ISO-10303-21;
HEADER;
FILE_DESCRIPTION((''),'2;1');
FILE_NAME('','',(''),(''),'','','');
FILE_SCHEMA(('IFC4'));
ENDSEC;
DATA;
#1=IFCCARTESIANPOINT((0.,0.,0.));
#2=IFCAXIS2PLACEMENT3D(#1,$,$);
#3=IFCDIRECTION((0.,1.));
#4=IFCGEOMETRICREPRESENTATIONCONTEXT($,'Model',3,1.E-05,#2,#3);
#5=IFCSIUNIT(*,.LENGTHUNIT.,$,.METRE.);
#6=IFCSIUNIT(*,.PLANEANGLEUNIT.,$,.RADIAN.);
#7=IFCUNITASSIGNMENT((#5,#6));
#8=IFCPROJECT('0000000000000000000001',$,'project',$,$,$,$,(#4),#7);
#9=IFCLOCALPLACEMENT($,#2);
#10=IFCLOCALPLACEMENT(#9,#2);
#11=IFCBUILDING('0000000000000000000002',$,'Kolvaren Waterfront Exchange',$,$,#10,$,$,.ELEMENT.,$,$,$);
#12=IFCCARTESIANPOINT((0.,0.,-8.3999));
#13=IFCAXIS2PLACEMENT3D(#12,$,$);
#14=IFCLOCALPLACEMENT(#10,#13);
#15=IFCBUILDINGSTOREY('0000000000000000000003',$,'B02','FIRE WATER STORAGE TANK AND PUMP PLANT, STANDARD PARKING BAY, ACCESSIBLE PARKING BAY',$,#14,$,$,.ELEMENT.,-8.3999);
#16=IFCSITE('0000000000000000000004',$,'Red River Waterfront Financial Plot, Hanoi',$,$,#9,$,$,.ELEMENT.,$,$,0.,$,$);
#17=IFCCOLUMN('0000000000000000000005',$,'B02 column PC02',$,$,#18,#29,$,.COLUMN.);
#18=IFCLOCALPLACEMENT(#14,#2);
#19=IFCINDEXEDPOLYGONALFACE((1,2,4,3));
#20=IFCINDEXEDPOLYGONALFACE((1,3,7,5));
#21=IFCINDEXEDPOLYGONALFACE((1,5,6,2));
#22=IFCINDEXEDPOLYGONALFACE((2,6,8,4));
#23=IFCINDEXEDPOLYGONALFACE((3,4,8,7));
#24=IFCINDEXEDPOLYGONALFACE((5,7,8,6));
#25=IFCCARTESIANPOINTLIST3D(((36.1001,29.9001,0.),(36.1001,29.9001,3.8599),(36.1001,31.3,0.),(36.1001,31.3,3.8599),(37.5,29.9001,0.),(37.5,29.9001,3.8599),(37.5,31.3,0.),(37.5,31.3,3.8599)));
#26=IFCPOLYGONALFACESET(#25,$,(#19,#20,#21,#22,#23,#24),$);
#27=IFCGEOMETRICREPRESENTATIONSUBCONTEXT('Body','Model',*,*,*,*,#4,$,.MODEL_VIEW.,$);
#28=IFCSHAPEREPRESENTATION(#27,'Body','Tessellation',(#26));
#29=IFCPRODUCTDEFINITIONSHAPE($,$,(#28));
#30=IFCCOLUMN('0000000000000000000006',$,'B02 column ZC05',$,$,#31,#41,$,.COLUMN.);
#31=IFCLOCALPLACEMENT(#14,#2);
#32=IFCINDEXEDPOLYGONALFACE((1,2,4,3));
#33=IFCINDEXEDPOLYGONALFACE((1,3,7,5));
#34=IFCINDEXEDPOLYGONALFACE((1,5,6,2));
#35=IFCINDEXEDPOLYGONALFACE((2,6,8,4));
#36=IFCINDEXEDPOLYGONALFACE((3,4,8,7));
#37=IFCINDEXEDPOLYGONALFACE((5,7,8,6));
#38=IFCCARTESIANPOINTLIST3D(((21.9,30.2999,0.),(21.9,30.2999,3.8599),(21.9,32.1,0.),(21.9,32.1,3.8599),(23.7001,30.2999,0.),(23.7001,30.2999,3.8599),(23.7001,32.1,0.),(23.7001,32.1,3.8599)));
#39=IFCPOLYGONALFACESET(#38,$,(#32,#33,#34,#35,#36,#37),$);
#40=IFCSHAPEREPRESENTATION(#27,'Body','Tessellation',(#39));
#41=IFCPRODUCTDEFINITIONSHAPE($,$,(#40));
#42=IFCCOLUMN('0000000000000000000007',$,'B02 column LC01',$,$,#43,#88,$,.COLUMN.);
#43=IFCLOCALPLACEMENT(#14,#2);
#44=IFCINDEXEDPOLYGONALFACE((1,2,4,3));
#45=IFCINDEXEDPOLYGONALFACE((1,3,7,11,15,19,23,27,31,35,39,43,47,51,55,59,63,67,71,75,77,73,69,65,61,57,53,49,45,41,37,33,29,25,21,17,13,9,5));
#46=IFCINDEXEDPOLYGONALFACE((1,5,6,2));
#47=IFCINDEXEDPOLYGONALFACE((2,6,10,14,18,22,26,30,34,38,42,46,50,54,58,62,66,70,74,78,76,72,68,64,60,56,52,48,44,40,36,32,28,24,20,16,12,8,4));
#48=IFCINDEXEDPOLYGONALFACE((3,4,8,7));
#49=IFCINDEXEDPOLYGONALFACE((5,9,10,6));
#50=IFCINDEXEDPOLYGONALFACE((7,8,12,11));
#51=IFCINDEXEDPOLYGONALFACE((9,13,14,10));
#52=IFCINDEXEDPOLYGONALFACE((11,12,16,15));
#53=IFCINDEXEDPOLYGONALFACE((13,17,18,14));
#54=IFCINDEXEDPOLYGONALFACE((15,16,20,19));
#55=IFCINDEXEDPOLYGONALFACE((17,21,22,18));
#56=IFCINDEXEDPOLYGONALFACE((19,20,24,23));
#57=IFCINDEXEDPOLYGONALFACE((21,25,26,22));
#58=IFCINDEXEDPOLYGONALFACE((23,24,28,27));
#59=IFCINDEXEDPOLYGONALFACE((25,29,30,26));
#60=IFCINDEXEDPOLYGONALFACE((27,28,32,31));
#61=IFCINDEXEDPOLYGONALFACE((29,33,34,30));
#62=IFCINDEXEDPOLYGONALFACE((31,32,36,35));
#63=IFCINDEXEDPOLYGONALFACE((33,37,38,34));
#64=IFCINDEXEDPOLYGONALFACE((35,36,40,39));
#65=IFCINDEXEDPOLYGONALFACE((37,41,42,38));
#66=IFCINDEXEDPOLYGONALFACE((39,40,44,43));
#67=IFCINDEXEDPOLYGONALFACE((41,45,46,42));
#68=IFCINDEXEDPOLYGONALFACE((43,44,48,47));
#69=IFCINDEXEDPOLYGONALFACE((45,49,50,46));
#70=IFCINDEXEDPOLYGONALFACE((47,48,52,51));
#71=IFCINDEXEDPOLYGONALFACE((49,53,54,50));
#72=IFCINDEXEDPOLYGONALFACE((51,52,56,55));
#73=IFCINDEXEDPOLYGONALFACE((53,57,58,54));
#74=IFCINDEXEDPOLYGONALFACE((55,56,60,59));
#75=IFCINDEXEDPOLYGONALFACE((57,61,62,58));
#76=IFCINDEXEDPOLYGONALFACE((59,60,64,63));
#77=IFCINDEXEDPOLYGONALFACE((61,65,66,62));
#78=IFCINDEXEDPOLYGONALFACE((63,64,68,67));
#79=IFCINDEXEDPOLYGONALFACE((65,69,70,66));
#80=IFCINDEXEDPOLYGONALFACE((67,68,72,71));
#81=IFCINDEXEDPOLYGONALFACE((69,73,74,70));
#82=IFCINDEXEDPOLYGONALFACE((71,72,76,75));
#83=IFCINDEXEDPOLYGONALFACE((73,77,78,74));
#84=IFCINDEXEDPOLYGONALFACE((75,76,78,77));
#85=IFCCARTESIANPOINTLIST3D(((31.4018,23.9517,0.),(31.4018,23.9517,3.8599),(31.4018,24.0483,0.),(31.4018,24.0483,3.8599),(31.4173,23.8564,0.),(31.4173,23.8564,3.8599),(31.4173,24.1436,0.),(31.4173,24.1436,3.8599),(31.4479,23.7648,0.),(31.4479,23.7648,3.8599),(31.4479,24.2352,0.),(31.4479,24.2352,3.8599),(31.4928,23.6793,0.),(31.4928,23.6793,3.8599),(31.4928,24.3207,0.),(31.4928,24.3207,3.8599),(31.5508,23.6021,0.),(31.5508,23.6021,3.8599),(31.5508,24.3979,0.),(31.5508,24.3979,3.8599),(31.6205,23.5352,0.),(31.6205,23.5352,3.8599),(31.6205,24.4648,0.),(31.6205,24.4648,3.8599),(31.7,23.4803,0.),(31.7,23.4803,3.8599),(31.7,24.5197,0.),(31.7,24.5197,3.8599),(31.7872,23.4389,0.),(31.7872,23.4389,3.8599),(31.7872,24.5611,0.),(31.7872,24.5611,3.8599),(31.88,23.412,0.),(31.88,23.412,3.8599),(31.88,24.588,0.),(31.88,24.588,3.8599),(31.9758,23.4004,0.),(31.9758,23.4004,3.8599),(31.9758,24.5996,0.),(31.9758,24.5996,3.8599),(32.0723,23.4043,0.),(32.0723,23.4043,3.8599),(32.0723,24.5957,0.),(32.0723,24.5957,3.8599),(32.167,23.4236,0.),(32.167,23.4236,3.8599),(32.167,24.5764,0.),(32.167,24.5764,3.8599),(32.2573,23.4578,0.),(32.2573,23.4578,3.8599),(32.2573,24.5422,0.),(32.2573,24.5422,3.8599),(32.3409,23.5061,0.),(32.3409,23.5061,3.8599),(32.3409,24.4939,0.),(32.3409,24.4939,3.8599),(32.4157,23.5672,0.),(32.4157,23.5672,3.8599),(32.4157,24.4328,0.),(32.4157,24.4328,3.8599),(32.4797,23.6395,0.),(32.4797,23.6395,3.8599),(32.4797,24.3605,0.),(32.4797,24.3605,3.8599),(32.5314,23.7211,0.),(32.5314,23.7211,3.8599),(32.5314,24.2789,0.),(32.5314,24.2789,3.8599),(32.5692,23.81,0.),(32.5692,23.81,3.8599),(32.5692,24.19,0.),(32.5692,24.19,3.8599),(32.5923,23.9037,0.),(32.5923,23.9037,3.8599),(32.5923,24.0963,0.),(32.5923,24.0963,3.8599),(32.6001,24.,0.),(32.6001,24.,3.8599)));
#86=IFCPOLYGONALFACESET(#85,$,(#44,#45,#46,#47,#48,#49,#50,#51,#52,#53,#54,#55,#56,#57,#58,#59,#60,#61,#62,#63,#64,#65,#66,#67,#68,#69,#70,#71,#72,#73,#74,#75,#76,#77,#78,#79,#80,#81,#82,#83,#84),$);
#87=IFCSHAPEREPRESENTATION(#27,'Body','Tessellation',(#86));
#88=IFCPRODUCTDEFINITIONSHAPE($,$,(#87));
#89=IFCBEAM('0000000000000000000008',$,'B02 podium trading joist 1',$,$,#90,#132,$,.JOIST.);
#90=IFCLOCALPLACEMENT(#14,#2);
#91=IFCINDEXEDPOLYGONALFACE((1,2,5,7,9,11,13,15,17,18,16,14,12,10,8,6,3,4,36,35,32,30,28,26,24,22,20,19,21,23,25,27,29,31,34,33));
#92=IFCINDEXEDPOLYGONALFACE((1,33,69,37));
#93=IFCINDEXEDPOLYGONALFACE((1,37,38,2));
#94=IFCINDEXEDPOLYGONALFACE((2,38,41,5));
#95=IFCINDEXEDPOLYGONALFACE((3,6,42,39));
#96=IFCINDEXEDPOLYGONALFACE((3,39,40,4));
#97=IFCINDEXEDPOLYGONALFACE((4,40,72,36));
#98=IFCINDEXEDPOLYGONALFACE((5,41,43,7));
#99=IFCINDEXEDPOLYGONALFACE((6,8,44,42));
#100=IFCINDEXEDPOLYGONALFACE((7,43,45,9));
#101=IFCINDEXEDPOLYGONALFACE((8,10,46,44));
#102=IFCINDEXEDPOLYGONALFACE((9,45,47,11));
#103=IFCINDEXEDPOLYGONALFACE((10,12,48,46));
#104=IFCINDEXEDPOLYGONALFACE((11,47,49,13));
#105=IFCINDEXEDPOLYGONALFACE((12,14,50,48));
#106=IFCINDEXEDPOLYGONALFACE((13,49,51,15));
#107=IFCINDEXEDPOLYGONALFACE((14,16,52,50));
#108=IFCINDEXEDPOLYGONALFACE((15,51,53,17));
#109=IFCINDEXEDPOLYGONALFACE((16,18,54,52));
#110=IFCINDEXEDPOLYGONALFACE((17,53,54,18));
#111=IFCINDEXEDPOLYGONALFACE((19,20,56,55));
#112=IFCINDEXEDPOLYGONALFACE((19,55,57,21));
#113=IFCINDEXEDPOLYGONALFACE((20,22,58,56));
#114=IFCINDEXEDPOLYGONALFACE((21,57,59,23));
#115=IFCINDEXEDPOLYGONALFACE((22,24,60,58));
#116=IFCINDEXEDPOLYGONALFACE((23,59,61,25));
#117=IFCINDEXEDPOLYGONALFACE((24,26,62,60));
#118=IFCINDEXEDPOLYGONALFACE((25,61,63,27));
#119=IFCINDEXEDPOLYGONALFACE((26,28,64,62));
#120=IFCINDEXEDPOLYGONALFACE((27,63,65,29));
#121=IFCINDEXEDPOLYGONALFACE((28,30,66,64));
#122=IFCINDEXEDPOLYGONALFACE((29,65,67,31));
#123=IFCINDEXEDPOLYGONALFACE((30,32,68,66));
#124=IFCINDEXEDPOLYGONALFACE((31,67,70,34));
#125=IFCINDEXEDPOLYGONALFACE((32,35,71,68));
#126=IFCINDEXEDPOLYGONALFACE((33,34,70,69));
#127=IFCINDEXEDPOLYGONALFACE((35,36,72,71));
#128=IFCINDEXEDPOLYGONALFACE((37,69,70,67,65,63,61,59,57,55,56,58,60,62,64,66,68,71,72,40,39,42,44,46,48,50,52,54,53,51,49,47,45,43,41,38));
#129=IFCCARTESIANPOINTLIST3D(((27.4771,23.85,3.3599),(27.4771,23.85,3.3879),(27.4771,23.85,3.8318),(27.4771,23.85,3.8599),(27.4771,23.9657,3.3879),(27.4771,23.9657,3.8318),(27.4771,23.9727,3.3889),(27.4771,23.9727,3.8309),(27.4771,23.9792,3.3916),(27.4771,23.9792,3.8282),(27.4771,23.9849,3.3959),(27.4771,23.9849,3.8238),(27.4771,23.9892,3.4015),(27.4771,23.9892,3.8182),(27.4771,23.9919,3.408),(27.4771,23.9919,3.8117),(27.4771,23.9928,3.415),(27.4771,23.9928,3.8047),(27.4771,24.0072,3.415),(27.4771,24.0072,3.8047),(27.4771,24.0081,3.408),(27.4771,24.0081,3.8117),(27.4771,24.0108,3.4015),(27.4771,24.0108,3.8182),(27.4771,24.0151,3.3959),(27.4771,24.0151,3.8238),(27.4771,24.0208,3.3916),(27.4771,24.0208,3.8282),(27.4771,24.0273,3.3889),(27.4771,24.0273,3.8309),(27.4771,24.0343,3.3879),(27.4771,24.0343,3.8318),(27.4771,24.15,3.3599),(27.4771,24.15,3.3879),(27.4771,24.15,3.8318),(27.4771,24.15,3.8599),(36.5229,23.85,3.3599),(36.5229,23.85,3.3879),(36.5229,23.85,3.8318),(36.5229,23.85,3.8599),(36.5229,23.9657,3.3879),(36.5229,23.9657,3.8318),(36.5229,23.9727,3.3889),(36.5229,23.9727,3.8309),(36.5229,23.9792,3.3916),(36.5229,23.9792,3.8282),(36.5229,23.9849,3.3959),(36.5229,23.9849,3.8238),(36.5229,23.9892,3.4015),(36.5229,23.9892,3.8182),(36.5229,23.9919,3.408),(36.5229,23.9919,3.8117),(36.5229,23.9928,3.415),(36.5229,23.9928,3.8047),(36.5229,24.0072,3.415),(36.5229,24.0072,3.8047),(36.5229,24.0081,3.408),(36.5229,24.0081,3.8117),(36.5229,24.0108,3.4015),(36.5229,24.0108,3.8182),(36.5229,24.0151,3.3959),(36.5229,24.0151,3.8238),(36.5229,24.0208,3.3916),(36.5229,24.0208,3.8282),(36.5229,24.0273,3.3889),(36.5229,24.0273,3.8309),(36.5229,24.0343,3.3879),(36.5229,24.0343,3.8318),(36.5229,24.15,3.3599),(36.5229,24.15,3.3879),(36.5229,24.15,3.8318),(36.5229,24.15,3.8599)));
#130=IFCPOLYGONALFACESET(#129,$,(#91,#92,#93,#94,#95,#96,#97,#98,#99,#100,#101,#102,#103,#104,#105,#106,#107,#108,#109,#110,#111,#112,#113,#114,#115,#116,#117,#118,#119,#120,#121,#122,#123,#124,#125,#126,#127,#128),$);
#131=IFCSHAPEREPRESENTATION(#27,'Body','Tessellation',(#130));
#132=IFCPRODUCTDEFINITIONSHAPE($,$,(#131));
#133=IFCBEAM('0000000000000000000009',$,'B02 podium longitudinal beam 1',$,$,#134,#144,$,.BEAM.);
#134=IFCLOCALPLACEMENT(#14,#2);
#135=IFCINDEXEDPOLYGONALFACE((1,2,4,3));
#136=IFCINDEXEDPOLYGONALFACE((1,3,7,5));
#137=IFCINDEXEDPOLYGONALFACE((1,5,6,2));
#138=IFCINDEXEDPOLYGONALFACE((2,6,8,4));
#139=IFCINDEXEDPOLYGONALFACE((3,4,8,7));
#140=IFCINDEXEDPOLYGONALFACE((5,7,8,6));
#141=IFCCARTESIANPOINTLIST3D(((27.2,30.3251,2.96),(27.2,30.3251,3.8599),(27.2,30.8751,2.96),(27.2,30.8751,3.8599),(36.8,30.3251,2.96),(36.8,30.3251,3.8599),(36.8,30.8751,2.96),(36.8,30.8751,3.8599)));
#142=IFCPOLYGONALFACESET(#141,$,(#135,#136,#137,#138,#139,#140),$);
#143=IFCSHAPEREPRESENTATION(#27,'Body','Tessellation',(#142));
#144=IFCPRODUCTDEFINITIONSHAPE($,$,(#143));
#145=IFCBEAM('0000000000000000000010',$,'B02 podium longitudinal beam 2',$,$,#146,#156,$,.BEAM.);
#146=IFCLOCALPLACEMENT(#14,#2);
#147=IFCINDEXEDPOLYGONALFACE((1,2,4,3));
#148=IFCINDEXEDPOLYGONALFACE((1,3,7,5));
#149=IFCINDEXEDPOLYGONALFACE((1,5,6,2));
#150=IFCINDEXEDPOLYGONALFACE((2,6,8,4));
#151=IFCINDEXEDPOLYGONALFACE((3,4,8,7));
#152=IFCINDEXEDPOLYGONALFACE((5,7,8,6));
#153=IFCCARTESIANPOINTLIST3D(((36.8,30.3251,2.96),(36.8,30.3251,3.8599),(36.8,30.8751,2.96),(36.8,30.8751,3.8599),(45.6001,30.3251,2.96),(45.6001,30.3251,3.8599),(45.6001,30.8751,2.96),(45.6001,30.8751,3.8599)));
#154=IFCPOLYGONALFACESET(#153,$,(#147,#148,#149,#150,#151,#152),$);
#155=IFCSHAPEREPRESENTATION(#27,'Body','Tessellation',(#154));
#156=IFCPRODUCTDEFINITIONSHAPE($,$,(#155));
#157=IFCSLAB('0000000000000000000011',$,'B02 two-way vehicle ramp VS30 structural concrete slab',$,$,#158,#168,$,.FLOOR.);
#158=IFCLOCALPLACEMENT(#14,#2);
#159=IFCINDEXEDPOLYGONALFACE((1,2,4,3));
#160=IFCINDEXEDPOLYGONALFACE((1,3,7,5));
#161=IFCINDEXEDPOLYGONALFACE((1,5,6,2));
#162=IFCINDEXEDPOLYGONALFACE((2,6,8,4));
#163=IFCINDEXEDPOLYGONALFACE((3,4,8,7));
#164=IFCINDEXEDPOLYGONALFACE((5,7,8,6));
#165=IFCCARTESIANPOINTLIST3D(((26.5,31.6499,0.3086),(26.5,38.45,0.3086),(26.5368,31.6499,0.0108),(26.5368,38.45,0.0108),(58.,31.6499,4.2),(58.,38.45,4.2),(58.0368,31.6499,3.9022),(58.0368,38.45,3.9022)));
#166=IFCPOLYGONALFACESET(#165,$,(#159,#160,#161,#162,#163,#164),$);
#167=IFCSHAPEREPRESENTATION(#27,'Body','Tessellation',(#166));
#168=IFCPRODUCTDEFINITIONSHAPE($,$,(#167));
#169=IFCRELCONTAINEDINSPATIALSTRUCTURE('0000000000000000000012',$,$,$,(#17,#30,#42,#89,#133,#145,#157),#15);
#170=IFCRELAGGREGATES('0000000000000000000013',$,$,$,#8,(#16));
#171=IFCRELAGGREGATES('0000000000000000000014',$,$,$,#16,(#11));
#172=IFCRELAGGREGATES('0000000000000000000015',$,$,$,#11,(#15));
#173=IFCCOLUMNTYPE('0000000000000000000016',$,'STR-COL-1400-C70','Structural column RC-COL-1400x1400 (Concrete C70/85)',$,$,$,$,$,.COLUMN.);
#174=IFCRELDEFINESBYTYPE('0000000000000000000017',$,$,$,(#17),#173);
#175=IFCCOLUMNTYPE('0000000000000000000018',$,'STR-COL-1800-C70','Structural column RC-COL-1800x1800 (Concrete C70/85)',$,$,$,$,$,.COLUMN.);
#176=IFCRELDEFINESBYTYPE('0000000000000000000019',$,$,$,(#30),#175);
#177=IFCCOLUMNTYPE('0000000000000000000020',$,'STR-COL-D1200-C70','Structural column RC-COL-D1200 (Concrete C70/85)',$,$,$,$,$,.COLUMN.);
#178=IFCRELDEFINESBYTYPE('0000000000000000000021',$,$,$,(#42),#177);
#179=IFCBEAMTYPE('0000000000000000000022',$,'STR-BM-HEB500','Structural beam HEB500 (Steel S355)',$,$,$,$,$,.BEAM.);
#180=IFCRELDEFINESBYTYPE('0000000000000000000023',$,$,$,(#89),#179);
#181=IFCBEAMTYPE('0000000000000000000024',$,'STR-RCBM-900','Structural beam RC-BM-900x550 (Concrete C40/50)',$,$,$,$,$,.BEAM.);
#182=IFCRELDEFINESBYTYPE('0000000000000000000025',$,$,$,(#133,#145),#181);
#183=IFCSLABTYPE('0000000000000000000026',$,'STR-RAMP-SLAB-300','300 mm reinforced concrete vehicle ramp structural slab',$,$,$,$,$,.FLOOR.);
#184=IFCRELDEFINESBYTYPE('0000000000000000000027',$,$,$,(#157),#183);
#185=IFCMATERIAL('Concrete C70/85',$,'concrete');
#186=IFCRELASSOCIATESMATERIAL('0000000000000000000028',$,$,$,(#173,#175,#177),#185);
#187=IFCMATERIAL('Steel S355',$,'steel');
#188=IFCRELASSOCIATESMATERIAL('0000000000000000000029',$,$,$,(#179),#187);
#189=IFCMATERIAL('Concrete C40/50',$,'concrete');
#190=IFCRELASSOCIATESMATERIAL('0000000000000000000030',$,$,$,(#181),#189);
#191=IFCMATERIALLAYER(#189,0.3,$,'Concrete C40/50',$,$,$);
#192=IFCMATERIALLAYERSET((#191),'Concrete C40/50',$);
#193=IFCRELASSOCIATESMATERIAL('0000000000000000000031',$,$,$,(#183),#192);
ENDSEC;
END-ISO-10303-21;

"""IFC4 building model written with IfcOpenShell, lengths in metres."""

from ifc_helpers import new_model, si_unit, direction, frame, origin, origin_2d, place, context, subcontext, project, spatial, polyline, rectangle, circle, i_section, outline, extrude, material, layer, layer_set, material_profile, profile_set, type_object, element, save


model = new_model("IFC4")

# Units and contexts
model_context = context("Model", 3, precision=1e-05, world=origin(), true_north=direction((0.0, 1.0)))
body_context = subcontext(model_context, "Body", "Model", "MODEL_VIEW")
ifc_project = project(units=[si_unit("LENGTHUNIT", "METRE"), si_unit("PLANEANGLEUNIT", "RADIAN")], contexts=[model_context])

# Site, building, storey
site_placement = place(None, origin())
site = spatial("IfcSite", under=ifc_project, at=site_placement, Name="Red River Waterfront Financial Plot, Hanoi", CompositionType="ELEMENT", RefElevation=0.0)
building_placement = place(site_placement, origin())
building = spatial("IfcBuilding", under=site, at=building_placement, Name="Kolvaren Waterfront Exchange", CompositionType="ELEMENT")
storey_placement = place(building_placement, frame((0.0, 0.0, -8.3999)))
storey = spatial("IfcBuildingStorey", under=building, at=storey_placement, Name="B02", Description="FIRE WATER STORAGE TANK AND PUMP PLANT, STANDARD PARKING BAY, ACCESSIBLE PARKING BAY", CompositionType="ELEMENT", Elevation=-8.3999)

# Shared definitions
ifc_material_1 = material(Name="Concrete C40/50", Category="concrete")

# Columns
ifc_material_2 = material(Name="Concrete C70/85", Category="concrete")
ifc_material_profile_1 = material_profile(ifc_material_2, rectangle(XDim=1.3999, YDim=1.3999, at=origin_2d()), Name="RC-COL-1400x1400")
ifc_profile_set_1 = profile_set([ifc_material_profile_1], Name="Concrete C70/85")
column_type_1 = type_object("IfcColumnType", Name="STR-COL-1400-C70", Description="Structural column RC-COL-1400x1400 (Concrete C70/85)", PredefinedType="COLUMN", material=ifc_profile_set_1)
for number, where, z_axis, x_axis, name in (
    (1, (36.8, 30.6001, 0.0), (0.0, 0.0, 1.0), (1.0, 0.0, 0.0), "B02 column PC02"),
):
    element("IfcColumn", number, at=place(storey_placement, frame(where, z_axis=z_axis, x_axis=x_axis)), inside=storey, type_object=column_type_1, Name=name, PredefinedType="COLUMN", context=body_context, shape_type="SweptSolid", body=[
        extrude(rectangle(XDim=1.3999, YDim=1.3999, at=origin_2d()), origin(), (0.0, 0.0, 1.0), 3.8599),
    ])
ifc_material_profile_2 = material_profile(ifc_material_2, rectangle(XDim=1.8, YDim=1.8, at=origin_2d()), Name="RC-COL-1800x1800")
ifc_profile_set_2 = profile_set([ifc_material_profile_2], Name="Concrete C70/85")
column_type_2 = type_object("IfcColumnType", Name="STR-COL-1800-C70", Description="Structural column RC-COL-1800x1800 (Concrete C70/85)", PredefinedType="COLUMN", material=ifc_profile_set_2)
column_1_placement = place(storey_placement, frame((22.8, 31.2, 0.0), z_axis=(0.0, 0.0, 1.0), x_axis=(1.0, 0.0, 0.0)))
element("IfcColumn", 2, at=column_1_placement, inside=storey, type_object=column_type_2, Name="B02 column ZC05", PredefinedType="COLUMN", context=body_context, shape_type="SweptSolid", body=[
    extrude(rectangle(XDim=1.8, YDim=1.8, at=origin_2d()), origin(), (0.0, 0.0, 1.0), 3.8599),
])
ifc_material_profile_3 = material_profile(ifc_material_2, circle(Radius=0.6001, at=origin_2d()), Name="RC-COL-D1200")
ifc_profile_set_3 = profile_set([ifc_material_profile_3], Name="Concrete C70/85")
column_type_3 = type_object("IfcColumnType", Name="STR-COL-D1200-C70", Description="Structural column RC-COL-D1200 (Concrete C70/85)", PredefinedType="COLUMN", material=ifc_profile_set_3)
column_2_placement = place(storey_placement, frame((32.0, 24.0, 0.0), z_axis=(0.0, 0.0, 1.0), x_axis=(1.0, 0.0, 0.0)))
element("IfcColumn", 3, at=column_2_placement, inside=storey, type_object=column_type_3, Name="B02 column LC01", PredefinedType="COLUMN", context=body_context, shape_type="SweptSolid", body=[
    extrude(circle(Radius=0.6001, at=origin_2d()), origin(), (0.0, 0.0, 1.0), 3.8599),
])

# Beams
ifc_material_3 = material(Name="Steel S355", Category="steel")
ifc_material_profile_4 = material_profile(ifc_material_3, i_section(OverallWidth=0.3, OverallDepth=0.5, WebThickness=0.0144, FlangeThickness=0.0281, FilletRadius=0.0271, at=origin_2d()), Name="HEB500")
ifc_profile_set_4 = profile_set([ifc_material_profile_4], Name="Steel S355")
beam_type_1 = type_object("IfcBeamType", Name="STR-BM-HEB500", Description="Structural beam HEB500 (Steel S355)", PredefinedType="BEAM", material=ifc_profile_set_4)
beam_1_placement = place(storey_placement, frame((27.4771, 24.0, 3.6099), z_axis=(1.0, 0.0, 0.0), x_axis=(0.0, 1.0, 0.0)))
element("IfcBeam", 4, at=beam_1_placement, inside=storey, type_object=beam_type_1, Name="B02 podium trading joist 1", PredefinedType="JOIST", context=body_context, shape_type="SweptSolid", body=[
    extrude(i_section(OverallWidth=0.3, OverallDepth=0.5, WebThickness=0.0144, FlangeThickness=0.0281, FilletRadius=0.0271, at=origin_2d()), origin(), (0.0, 0.0, 1.0), 9.0459),
])
ifc_material_profile_5 = material_profile(ifc_material_1, rectangle(XDim=0.55, YDim=0.8999, at=origin_2d()), Name="RC-BM-900x550")
ifc_profile_set_5 = profile_set([ifc_material_profile_5], Name="Concrete C40/50")
beam_type_2 = type_object("IfcBeamType", Name="STR-RCBM-900", Description="Structural beam RC-BM-900x550 (Concrete C40/50)", PredefinedType="BEAM", material=ifc_profile_set_5)
beam_2_placement = place(storey_placement, frame((27.2, 30.6001, 3.4099), z_axis=(1.0, 0.0, 0.0), x_axis=(0.0, 1.0, 0.0)))
element("IfcBeam", 5, at=beam_2_placement, inside=storey, type_object=beam_type_2, Name="B02 podium longitudinal beam 1", PredefinedType="BEAM", context=body_context, shape_type="SweptSolid", body=[
    extrude(rectangle(XDim=0.55, YDim=0.8999, at=origin_2d()), origin(), (0.0, 0.0, 1.0), 9.6001),
])
beam_3_placement = place(storey_placement, frame((36.8, 30.6001, 3.4099), z_axis=(1.0, 0.0, 0.0), x_axis=(0.0, 1.0, 0.0)))
element("IfcBeam", 6, at=beam_3_placement, inside=storey, type_object=beam_type_2, Name="B02 podium longitudinal beam 2", PredefinedType="BEAM", context=body_context, shape_type="SweptSolid", body=[
    extrude(rectangle(XDim=0.55, YDim=0.8999, at=origin_2d()), origin(), (0.0, 0.0, 1.0), 8.8),
])

# Slab
ifc_layer_1 = layer(ifc_material_1, 0.3, Name="Concrete C40/50")
ifc_layer_set_1 = layer_set([ifc_layer_1], Name="Concrete C40/50")
slab_type = type_object("IfcSlabType", Name="STR-RAMP-SLAB-300", Description="300 mm reinforced concrete vehicle ramp structural slab", PredefinedType="FLOOR", material=ifc_layer_set_1)
slab_placement = place(storey_placement, frame((26.5, 31.6499, 0.3086), z_axis=(-0.122603, 0.0, 0.992456), x_axis=(0.992456, 0.0, 0.122603)))
element("IfcSlab", 7, at=slab_placement, inside=storey, type_object=slab_type, Name="B02 two-way vehicle ramp VS30 structural concrete slab", PredefinedType="FLOOR", context=body_context, shape_type="SweptSolid", body=[
    extrude(outline(polyline([(0.0, 0.0), (31.7394, 0.0), (31.7394, 6.8), (0.0, 6.8), (0.0, 0.0)])), origin(), (0.0, 0.0, -1.0), 0.3),
])

save(model, "model.ifc")
